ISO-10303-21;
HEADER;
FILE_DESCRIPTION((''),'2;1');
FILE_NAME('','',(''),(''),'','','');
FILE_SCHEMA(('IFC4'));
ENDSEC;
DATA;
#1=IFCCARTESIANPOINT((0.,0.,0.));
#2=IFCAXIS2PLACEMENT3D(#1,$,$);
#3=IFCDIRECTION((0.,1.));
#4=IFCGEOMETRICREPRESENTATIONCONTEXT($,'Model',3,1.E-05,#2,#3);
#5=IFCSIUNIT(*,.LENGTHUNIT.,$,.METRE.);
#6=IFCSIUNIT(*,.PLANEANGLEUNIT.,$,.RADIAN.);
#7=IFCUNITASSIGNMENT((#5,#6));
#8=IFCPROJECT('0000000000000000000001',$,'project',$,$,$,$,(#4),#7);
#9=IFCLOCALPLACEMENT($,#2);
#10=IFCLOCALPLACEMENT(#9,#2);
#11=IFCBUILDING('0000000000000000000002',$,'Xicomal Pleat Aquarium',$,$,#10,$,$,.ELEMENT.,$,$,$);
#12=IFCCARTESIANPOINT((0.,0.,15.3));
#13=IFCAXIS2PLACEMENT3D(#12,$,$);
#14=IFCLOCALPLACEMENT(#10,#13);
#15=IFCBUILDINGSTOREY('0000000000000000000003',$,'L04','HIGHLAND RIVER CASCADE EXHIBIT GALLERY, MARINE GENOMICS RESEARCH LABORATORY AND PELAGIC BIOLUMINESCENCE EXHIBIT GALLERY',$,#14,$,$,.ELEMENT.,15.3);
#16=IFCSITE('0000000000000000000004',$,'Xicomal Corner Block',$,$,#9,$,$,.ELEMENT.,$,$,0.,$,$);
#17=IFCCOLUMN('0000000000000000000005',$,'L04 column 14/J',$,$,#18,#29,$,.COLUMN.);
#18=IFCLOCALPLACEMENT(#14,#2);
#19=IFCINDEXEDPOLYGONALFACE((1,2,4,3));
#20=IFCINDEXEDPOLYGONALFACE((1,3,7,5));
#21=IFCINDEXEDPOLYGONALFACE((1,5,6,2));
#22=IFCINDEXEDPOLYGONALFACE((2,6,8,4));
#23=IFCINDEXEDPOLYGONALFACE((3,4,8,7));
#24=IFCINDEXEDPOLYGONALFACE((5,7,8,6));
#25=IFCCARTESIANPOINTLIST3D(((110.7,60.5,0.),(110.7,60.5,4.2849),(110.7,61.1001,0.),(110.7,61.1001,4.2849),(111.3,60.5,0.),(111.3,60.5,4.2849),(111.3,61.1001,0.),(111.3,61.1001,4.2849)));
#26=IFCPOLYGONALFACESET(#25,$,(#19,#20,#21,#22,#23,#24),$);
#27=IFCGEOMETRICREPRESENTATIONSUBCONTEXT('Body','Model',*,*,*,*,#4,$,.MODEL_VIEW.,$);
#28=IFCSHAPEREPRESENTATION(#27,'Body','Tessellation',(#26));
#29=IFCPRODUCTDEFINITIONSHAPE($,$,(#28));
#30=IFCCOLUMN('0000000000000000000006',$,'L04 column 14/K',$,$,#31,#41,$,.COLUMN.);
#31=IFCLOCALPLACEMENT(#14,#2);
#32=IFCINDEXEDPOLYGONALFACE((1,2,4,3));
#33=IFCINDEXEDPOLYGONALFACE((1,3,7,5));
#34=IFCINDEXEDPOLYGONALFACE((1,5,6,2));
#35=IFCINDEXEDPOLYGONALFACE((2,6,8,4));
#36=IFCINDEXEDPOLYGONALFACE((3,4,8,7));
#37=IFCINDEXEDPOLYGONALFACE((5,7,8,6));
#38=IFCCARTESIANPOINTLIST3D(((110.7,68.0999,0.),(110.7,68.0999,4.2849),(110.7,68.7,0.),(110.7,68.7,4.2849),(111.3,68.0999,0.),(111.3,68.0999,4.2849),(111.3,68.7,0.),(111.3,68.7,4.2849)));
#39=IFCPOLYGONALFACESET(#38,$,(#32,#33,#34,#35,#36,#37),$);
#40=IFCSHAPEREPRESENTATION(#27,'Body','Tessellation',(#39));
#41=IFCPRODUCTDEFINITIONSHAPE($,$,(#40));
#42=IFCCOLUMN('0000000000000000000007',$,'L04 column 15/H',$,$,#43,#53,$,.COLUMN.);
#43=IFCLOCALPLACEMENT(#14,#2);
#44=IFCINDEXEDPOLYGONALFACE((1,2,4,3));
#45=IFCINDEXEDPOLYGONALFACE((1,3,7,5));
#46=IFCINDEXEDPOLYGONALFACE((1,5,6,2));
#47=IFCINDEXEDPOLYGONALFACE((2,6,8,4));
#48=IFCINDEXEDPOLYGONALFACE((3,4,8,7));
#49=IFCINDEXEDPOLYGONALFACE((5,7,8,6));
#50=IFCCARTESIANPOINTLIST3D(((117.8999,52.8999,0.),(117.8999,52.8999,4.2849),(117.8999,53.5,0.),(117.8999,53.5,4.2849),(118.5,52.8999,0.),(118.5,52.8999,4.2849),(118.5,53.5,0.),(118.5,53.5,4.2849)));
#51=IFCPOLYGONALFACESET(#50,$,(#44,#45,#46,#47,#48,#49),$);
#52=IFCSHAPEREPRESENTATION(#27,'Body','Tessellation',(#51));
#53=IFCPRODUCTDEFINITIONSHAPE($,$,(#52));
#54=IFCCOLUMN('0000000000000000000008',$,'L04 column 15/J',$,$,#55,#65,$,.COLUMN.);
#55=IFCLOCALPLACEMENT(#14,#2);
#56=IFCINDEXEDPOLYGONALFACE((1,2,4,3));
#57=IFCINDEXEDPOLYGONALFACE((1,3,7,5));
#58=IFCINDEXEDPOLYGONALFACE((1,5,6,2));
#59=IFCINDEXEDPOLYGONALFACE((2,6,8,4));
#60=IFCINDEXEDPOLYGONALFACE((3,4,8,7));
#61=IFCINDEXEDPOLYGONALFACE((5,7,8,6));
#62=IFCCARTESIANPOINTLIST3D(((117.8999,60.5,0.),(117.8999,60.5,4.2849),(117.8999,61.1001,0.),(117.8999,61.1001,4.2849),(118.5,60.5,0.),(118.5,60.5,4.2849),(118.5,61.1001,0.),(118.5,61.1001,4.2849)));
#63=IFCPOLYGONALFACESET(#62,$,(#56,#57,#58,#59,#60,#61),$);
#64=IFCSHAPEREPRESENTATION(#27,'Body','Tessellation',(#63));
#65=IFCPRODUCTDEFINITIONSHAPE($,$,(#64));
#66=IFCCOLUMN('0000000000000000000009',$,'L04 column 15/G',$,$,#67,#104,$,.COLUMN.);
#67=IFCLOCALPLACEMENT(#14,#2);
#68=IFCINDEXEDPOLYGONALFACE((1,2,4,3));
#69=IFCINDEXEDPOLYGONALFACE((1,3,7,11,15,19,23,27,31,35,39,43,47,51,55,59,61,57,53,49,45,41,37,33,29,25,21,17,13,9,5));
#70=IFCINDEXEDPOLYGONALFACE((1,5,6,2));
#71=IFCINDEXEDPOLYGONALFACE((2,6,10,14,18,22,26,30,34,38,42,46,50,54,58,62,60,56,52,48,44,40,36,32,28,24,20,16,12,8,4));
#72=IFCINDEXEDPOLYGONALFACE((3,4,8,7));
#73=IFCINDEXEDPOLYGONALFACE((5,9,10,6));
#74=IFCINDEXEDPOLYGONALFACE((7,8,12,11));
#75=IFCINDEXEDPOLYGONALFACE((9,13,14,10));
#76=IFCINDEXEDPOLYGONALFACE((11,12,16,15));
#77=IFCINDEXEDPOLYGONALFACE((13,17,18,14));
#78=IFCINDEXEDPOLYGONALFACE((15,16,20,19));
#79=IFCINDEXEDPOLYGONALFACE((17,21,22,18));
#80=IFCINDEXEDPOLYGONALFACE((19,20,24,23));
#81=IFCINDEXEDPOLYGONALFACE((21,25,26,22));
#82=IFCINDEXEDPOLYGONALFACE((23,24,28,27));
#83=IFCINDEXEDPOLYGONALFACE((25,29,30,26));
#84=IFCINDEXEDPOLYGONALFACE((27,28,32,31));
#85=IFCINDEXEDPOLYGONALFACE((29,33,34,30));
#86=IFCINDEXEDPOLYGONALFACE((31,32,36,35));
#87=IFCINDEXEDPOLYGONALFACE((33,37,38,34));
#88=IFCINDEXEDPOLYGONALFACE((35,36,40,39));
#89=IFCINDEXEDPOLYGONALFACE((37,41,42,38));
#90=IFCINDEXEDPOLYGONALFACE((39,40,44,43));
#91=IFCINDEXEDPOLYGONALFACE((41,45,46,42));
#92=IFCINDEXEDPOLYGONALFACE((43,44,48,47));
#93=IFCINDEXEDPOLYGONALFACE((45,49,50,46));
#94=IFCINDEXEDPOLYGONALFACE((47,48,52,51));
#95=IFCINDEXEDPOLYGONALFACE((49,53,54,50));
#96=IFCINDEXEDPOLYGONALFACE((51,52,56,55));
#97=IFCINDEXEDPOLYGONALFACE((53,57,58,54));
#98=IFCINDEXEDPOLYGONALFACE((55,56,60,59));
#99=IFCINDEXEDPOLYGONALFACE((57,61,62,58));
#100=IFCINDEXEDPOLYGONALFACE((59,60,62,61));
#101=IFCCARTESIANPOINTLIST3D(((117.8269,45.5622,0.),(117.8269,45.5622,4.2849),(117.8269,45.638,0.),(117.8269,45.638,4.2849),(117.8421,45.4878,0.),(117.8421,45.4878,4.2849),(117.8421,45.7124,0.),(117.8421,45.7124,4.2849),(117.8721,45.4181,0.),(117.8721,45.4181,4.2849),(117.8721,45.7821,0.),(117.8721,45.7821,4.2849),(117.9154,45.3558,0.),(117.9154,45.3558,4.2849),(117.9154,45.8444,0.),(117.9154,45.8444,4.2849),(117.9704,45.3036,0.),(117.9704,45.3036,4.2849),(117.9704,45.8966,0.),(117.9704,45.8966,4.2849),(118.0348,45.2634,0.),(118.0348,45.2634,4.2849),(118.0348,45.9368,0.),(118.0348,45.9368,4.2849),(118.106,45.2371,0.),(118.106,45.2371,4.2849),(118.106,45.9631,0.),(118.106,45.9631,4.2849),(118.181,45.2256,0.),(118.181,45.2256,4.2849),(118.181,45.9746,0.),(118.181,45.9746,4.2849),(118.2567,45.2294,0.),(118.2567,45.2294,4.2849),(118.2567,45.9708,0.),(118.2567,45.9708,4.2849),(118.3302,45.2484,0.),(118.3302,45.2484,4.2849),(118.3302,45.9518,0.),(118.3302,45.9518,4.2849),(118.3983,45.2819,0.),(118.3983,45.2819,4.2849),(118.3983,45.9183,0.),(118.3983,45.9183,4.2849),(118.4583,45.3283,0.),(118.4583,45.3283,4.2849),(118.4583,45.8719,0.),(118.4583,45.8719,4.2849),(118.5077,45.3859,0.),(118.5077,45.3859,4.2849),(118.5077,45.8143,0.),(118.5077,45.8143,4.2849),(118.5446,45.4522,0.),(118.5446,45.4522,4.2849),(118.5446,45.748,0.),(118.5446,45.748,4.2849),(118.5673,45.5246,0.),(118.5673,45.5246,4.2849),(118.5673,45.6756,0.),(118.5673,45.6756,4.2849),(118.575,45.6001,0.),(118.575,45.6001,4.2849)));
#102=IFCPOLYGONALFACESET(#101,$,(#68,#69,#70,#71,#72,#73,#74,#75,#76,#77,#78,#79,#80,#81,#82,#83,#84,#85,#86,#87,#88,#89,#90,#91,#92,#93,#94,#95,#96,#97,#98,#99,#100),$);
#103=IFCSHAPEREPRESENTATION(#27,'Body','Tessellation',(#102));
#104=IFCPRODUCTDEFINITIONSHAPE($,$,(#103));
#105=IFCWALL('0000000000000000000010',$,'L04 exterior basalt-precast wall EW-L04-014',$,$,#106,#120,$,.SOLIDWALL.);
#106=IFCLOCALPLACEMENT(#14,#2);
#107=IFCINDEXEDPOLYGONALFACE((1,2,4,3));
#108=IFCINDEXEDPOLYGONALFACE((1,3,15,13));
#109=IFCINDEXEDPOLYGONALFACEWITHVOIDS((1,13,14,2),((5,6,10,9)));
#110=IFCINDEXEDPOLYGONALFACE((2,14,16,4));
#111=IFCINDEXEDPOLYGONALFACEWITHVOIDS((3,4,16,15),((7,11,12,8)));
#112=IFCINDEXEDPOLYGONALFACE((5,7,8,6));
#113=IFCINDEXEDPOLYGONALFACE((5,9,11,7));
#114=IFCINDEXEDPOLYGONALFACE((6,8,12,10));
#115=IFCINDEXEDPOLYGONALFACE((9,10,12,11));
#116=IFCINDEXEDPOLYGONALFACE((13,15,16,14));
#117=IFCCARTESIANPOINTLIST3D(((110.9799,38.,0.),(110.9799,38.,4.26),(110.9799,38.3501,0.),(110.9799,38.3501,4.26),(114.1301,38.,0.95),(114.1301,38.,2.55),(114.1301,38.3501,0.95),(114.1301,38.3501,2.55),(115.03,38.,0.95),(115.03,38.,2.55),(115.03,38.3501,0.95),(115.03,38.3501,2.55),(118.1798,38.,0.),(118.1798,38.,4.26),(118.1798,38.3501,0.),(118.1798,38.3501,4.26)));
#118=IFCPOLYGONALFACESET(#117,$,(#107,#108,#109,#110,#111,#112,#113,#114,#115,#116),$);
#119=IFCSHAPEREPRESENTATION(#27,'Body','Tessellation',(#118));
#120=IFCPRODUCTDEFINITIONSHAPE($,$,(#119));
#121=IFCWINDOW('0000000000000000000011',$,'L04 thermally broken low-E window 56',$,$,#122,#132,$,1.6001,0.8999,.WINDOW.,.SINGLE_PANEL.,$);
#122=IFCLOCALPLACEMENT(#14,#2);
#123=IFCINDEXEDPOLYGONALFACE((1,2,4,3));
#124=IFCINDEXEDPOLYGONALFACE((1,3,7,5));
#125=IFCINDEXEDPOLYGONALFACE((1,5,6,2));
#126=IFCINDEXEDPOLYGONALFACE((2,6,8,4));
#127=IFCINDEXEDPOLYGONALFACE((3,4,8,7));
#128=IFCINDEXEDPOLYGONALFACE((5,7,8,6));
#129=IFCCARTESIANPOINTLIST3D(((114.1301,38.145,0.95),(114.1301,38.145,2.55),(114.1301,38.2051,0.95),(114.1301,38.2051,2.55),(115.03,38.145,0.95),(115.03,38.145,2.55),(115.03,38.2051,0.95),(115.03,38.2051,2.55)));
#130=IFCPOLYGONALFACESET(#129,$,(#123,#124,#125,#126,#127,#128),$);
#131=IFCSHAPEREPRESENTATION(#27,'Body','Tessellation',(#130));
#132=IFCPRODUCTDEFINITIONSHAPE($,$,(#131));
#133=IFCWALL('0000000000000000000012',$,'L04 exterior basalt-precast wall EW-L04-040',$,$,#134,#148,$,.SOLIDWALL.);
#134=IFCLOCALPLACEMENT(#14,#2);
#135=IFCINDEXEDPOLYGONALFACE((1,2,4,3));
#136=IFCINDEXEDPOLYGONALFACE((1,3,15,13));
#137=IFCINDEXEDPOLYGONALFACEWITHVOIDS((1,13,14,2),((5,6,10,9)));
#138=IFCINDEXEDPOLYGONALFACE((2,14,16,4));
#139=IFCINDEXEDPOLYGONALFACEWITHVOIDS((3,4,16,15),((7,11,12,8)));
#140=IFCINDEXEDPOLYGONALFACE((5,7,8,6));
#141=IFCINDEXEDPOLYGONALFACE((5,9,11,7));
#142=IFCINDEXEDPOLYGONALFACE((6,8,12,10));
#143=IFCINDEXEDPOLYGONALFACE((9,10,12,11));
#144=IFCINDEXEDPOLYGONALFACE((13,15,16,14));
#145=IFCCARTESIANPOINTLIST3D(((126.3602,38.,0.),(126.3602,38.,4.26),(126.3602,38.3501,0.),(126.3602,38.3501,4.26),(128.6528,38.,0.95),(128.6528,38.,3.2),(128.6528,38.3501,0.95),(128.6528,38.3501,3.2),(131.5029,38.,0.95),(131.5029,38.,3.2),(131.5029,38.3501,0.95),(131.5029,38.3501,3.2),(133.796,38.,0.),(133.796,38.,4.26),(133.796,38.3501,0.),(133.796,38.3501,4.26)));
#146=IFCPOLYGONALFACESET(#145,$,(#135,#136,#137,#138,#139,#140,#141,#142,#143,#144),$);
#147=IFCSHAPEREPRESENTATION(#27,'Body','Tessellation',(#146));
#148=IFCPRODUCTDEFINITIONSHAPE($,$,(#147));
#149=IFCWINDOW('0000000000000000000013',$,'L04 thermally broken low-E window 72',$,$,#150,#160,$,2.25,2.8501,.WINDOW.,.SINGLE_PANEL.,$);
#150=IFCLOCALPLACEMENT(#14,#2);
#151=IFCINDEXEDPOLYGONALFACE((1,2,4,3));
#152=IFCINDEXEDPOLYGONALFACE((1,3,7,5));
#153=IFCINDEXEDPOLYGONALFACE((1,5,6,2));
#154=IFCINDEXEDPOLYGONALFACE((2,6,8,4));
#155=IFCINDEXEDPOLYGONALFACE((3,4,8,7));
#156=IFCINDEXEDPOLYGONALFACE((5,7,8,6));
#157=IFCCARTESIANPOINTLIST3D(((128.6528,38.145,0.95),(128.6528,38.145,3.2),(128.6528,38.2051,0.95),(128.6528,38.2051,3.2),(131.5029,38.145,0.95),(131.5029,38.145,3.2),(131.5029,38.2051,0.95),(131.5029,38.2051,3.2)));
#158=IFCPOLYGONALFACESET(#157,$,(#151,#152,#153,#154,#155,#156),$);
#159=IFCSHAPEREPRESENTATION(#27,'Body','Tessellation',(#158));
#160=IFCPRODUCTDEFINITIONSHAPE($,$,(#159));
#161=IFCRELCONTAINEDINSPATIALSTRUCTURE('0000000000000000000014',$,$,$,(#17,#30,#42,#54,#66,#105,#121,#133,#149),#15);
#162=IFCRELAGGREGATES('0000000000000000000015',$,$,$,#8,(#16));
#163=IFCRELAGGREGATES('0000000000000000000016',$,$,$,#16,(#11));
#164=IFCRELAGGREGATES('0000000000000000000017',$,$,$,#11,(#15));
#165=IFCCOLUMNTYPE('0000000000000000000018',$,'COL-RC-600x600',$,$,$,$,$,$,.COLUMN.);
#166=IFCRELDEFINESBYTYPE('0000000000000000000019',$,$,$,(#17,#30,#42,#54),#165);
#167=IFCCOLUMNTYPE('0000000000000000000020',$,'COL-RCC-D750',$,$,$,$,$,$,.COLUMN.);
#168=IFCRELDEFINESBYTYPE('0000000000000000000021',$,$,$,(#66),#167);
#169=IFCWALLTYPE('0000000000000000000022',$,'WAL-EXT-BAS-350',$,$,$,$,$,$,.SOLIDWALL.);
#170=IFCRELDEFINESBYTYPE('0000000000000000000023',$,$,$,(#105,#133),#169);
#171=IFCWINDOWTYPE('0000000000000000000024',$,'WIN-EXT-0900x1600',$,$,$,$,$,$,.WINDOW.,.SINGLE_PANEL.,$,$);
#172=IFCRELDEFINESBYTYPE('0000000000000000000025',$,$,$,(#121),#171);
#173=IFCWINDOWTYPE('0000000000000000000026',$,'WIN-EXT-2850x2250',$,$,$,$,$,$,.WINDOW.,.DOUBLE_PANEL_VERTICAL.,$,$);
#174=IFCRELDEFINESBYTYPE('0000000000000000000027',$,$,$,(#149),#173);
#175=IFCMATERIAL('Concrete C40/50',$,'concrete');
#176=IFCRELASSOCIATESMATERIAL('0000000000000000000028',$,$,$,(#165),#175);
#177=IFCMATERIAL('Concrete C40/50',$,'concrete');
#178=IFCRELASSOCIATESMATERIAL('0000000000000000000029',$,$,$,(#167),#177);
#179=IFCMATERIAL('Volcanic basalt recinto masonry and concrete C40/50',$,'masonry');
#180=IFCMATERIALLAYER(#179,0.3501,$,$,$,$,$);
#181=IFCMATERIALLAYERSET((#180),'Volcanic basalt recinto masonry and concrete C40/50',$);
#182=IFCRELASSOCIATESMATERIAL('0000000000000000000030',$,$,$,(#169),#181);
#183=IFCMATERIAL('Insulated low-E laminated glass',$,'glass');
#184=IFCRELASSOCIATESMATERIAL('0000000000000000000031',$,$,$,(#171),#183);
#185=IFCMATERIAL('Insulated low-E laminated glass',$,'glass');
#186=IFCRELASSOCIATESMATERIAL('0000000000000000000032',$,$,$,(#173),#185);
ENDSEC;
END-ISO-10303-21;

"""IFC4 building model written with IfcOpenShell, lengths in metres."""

from ifc_helpers import new_model, si_unit, direction, frame, frame_2d, origin, origin_2d, place, context, subcontext, project, spatial, rectangle, circle, extrude, material, layer, layer_set, material_profile, profile_set, type_object, element, fill, save


model = new_model("IFC4")

# Units and contexts
model_context = context("Model", 3, precision=1e-05, world=origin(), true_north=direction((0.0, 1.0)))
body_context = subcontext(model_context, "Body", "Model", "MODEL_VIEW")
ifc_project = project(units=[si_unit("LENGTHUNIT", "METRE"), si_unit("PLANEANGLEUNIT", "RADIAN")], contexts=[model_context])

# Site, building, storey
site_placement = place(None, origin())
site = spatial("IfcSite", under=ifc_project, at=site_placement, Name="Xicomal Corner Block", CompositionType="ELEMENT", RefElevation=0.0)
building_placement = place(site_placement, origin())
building = spatial("IfcBuilding", under=site, at=building_placement, Name="Xicomal Pleat Aquarium", CompositionType="ELEMENT")
storey_placement = place(building_placement, frame((0.0, 0.0, 15.3)))
storey = spatial("IfcBuildingStorey", under=building, at=storey_placement, Name="L04", Description="HIGHLAND RIVER CASCADE EXHIBIT GALLERY, MARINE GENOMICS RESEARCH LABORATORY AND PELAGIC BIOLUMINESCENCE EXHIBIT GALLERY", CompositionType="ELEMENT", Elevation=15.3)

# Columns
ifc_material_1 = material(Name="Concrete C40/50", Category="concrete")
ifc_material_profile_1 = material_profile(ifc_material_1, rectangle(XDim=0.6001, YDim=0.6001, at=origin_2d()), Name="RC 600x600")
ifc_profile_set_1 = profile_set([ifc_material_profile_1], Name="Concrete C40/50")
column_type_1 = type_object("IfcColumnType", Name="COL-RC-600x600", PredefinedType="COLUMN", material=ifc_profile_set_1)
for number, where, z_axis, x_axis, name in (
    (1, (111.0, 60.8, 0.0), (0.0, 0.0, 1.0), (1.0, 0.0, 0.0), "L04 column 14/J"),
    (2, (111.0, 68.3999, 0.0), (0.0, 0.0, 1.0), (1.0, 0.0, 0.0), "L04 column 14/K"),
    (3, (118.2, 53.2, 0.0), (0.0, 0.0, 1.0), (1.0, 0.0, 0.0), "L04 column 15/H"),
    (4, (118.2, 60.8, 0.0), (0.0, 0.0, 1.0), (1.0, 0.0, 0.0), "L04 column 15/J"),
):
    element("IfcColumn", number, at=place(storey_placement, frame(where, z_axis=z_axis, x_axis=x_axis)), inside=storey, type_object=column_type_1, Name=name, PredefinedType="COLUMN", context=body_context, shape_type="SweptSolid", body=[
        extrude(rectangle(XDim=0.6001, YDim=0.6001, at=origin_2d()), origin(), (0.0, 0.0, 1.0), 4.2849),
    ])
ifc_material_2 = material(Name="Concrete C40/50", Category="concrete")
ifc_material_profile_2 = material_profile(ifc_material_2, circle(Radius=0.375, at=origin_2d()), Name="RCC D750")
ifc_profile_set_2 = profile_set([ifc_material_profile_2], Name="Concrete C40/50")
column_type_2 = type_object("IfcColumnType", Name="COL-RCC-D750", PredefinedType="COLUMN", material=ifc_profile_set_2)
column_placement = place(storey_placement, frame((118.2, 45.6001, 0.0), z_axis=(0.0, 0.0, 1.0), x_axis=(1.0, 0.0, 0.0)))
element("IfcColumn", 5, at=column_placement, inside=storey, type_object=column_type_2, Name="L04 column 15/G", PredefinedType="COLUMN", context=body_context, shape_type="SweptSolid", body=[
    extrude(circle(Radius=0.375, at=origin_2d()), origin(), (0.0, 0.0, 1.0), 4.2849),
])

# Walls, openings, windows
ifc_material_3 = material(Name="Volcanic basalt recinto masonry and concrete C40/50", Category="masonry")
ifc_layer_1 = layer(ifc_material_3, 0.3501)
ifc_layer_set_1 = layer_set([ifc_layer_1], Name="Volcanic basalt recinto masonry and concrete C40/50")
wall_type_1 = type_object("IfcWallType", Name="WAL-EXT-BAS-350", PredefinedType="SOLIDWALL", material=ifc_layer_set_1)
wall_1_placement = place(storey_placement, frame((118.1799, 38.175, 0.0), z_axis=(0.0, 0.0, 1.0), x_axis=(-1.0, 0.0, 0.0)))
wall_1 = element("IfcWall", 6, at=wall_1_placement, inside=storey, type_object=wall_type_1, Name="L04 exterior basalt-precast wall EW-L04-014", PredefinedType="SOLIDWALL", context=body_context, shape_type="SweptSolid", body=[
    extrude(rectangle(XDim=7.2, YDim=0.3501, at=frame_2d((3.6001, 0.0))), origin(), (0.0, 0.0, 1.0), 4.26),
])
opening_1_placement = place(wall_1_placement, frame((3.1499, 0.0, 0.95)))
opening_1 = element("IfcOpeningElement", 7, at=opening_1_placement, cuts=wall_1, PredefinedType="OPENING", context=body_context, shape_type="SweptSolid", body=[
    extrude(rectangle(XDim=0.8999, YDim=1.6001, at=frame_2d((0.45, 0.8))), frame((0.0, 0.1851, 0.0), z_axis=(0.0, -1.0, 0.0), x_axis=(1.0, 0.0, 0.0)), (0.0, 0.0, 1.0), 0.3701),
])
ifc_material_4 = material(Name="Insulated low-E laminated glass", Category="glass")
window_type_1 = type_object("IfcWindowType", Name="WIN-EXT-0900x1600", PartitioningType="SINGLE_PANEL", PredefinedType="WINDOW", material=ifc_material_4)
window_1_placement = place(opening_1_placement, origin())
window_1 = element("IfcWindow", 8, at=window_1_placement, inside=storey, type_object=window_type_1, Name="L04 thermally broken low-E window 56", OverallHeight=1.6001, OverallWidth=0.8999, PartitioningType="SINGLE_PANEL", PredefinedType="WINDOW", context=body_context, shape_type="SweptSolid", body=[
    extrude(rectangle(XDim=0.8999, YDim=1.6001, at=frame_2d((0.45, 0.8))), frame((0.0, 0.03, 0.0), z_axis=(0.0, -1.0, 0.0), x_axis=(1.0, 0.0, 0.0)), (0.0, 0.0, 1.0), 0.0601),
])
fill(opening_1, window_1)
wall_2_placement = place(storey_placement, frame((133.7959, 38.175, 0.0), z_axis=(0.0, 0.0, 1.0), x_axis=(-1.0, 0.0, 0.0)))
wall_2 = element("IfcWall", 9, at=wall_2_placement, inside=storey, type_object=wall_type_1, Name="L04 exterior basalt-precast wall EW-L04-040", PredefinedType="SOLIDWALL", context=body_context, shape_type="SweptSolid", body=[
    extrude(rectangle(XDim=7.4358, YDim=0.3501, at=frame_2d((3.7178, 0.0))), origin(), (0.0, 0.0, 1.0), 4.26),
])
opening_2_placement = place(wall_2_placement, frame((2.293, 0.0, 0.95)))
opening_2 = element("IfcOpeningElement", 10, at=opening_2_placement, cuts=wall_2, PredefinedType="OPENING", context=body_context, shape_type="SweptSolid", body=[
    extrude(rectangle(XDim=2.8501, YDim=2.25, at=frame_2d((1.425, 1.125))), frame((0.0, 0.1851, 0.0), z_axis=(0.0, -1.0, 0.0), x_axis=(1.0, 0.0, 0.0)), (0.0, 0.0, 1.0), 0.3701),
])
ifc_material_5 = material(Name="Insulated low-E laminated glass", Category="glass")
window_type_2 = type_object("IfcWindowType", Name="WIN-EXT-2850x2250", PartitioningType="DOUBLE_PANEL_VERTICAL", PredefinedType="WINDOW", material=ifc_material_5)
window_2_placement = place(opening_2_placement, origin())
window_2 = element("IfcWindow", 11, at=window_2_placement, inside=storey, type_object=window_type_2, Name="L04 thermally broken low-E window 72", OverallHeight=2.25, OverallWidth=2.8501, PartitioningType="SINGLE_PANEL", PredefinedType="WINDOW", context=body_context, shape_type="SweptSolid", body=[
    extrude(rectangle(XDim=2.8501, YDim=2.25, at=frame_2d((1.425, 1.125))), frame((0.0, 0.03, 0.0), z_axis=(0.0, -1.0, 0.0), x_axis=(1.0, 0.0, 0.0)), (0.0, 0.0, 1.0), 0.0601),
])
fill(opening_2, window_2)

save(model, "model.ifc")
